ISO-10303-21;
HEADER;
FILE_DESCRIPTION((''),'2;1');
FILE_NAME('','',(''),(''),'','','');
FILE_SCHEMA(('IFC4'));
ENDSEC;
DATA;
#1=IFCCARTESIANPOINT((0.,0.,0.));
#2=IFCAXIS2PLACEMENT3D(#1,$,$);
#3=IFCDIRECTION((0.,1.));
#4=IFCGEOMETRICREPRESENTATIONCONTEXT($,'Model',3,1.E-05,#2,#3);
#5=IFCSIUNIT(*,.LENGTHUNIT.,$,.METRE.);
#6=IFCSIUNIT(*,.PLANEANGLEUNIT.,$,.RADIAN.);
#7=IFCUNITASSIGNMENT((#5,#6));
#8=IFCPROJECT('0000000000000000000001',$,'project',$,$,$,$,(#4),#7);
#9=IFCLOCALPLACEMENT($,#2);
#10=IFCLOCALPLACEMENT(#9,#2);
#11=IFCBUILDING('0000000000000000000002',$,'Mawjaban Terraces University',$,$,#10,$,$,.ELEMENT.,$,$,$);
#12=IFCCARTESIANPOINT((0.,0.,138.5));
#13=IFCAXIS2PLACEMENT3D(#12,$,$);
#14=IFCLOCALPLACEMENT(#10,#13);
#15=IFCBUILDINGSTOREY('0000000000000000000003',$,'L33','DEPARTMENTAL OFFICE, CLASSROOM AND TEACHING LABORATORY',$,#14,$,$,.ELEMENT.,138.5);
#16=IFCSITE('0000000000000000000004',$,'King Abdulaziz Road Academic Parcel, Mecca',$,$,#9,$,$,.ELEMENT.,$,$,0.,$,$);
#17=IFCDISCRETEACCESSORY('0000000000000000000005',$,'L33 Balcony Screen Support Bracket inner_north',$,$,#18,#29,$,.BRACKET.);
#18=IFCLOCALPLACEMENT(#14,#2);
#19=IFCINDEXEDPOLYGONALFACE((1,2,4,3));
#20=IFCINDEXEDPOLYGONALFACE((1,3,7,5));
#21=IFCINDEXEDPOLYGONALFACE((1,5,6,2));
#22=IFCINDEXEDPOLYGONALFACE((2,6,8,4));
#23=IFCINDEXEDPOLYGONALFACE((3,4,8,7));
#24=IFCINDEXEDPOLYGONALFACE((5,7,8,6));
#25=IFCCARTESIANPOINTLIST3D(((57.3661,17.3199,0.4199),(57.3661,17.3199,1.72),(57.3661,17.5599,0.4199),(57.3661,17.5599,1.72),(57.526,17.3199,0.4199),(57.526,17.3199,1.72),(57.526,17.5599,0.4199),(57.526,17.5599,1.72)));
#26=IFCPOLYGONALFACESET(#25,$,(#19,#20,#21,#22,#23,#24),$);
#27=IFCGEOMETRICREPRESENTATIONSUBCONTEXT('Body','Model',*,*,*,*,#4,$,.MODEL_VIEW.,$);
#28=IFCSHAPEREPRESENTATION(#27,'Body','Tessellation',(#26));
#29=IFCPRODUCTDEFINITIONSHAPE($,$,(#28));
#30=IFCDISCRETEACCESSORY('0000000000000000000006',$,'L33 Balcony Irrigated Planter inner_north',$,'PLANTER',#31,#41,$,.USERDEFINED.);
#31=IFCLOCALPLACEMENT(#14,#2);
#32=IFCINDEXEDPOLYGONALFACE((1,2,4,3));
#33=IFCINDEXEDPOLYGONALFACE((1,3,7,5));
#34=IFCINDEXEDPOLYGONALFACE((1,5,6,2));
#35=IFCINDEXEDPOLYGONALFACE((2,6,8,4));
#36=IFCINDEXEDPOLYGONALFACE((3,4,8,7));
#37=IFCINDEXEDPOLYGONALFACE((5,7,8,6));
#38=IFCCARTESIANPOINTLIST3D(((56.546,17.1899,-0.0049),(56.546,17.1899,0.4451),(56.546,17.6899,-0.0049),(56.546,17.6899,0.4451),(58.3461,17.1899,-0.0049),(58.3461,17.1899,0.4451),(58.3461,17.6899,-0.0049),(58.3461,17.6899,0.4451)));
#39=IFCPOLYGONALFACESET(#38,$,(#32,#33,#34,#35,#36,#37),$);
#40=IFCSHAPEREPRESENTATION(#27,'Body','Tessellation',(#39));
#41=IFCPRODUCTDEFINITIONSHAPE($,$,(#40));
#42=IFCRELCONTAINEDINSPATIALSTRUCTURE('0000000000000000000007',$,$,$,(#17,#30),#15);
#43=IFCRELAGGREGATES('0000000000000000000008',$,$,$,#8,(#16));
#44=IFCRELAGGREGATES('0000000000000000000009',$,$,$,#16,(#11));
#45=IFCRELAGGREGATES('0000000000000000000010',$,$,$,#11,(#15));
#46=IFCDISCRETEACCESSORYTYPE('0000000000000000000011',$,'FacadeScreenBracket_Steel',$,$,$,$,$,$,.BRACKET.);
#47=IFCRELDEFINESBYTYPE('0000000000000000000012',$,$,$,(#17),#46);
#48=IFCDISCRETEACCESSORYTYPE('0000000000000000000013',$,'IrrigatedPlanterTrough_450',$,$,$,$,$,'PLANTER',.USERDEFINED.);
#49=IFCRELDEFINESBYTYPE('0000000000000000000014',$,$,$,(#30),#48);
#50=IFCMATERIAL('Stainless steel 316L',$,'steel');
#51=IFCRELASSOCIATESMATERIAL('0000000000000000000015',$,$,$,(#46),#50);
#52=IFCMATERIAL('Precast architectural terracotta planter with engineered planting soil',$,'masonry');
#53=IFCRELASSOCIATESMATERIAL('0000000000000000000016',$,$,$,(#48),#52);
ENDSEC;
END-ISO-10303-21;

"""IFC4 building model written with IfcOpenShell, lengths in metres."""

from ifc_helpers import new_model, si_unit, direction, frame, origin, origin_2d, place, context, subcontext, project, spatial, rectangle, extrude, material, type_object, element, save


model = new_model("IFC4")

# Units and contexts
model_context = context("Model", 3, precision=1e-05, world=origin(), true_north=direction((0.0, 1.0)))
body_context = subcontext(model_context, "Body", "Model", "MODEL_VIEW")
ifc_project = project(units=[si_unit("LENGTHUNIT", "METRE"), si_unit("PLANEANGLEUNIT", "RADIAN")], contexts=[model_context])

# Site, building, storey
site_placement = place(None, origin())
site = spatial("IfcSite", under=ifc_project, at=site_placement, Name="King Abdulaziz Road Academic Parcel, Mecca", CompositionType="ELEMENT", RefElevation=0.0)
building_placement = place(site_placement, origin())
building = spatial("IfcBuilding", under=site, at=building_placement, Name="Mawjaban Terraces University", CompositionType="ELEMENT")
storey_placement = place(building_placement, frame((0.0, 0.0, 138.5)))
storey = spatial("IfcBuildingStorey", under=building, at=storey_placement, Name="L33", Description="DEPARTMENTAL OFFICE, CLASSROOM AND TEACHING LABORATORY", CompositionType="ELEMENT", Elevation=138.5)

# Discrete accessories
ifc_material_1 = material(Name="Stainless steel 316L", Category="steel")
discrete_accessory_type_1 = type_object("IfcDiscreteAccessoryType", Name="FacadeScreenBracket_Steel", PredefinedType="BRACKET", material=ifc_material_1)
discrete_accessory_1_placement = place(storey_placement, frame((57.446, 17.4399, 0.4199), z_axis=(0.0, 0.0, 1.0), x_axis=(1.0, 0.0, 0.0)))
element("IfcDiscreteAccessory", 1, at=discrete_accessory_1_placement, inside=storey, type_object=discrete_accessory_type_1, Name="L33 Balcony Screen Support Bracket inner_north", PredefinedType="BRACKET", context=body_context, shape_type="SweptSolid", body=[
    extrude(rectangle(XDim=0.1599, YDim=0.24, at=origin_2d()), origin(), (0.0, 0.0, 1.0), 1.3),
])
ifc_material_2 = material(Name="Precast architectural terracotta planter with engineered planting soil", Category="masonry")
discrete_accessory_type_2 = type_object("IfcDiscreteAccessoryType", Name="IrrigatedPlanterTrough_450", ElementType="PLANTER", PredefinedType="USERDEFINED", material=ifc_material_2)
discrete_accessory_2_placement = place(storey_placement, frame((57.446, 17.4399, -0.0049), z_axis=(0.0, 0.0, 1.0), x_axis=(1.0, 0.0, 0.0)))
element("IfcDiscreteAccessory", 2, at=discrete_accessory_2_placement, inside=storey, type_object=discrete_accessory_type_2, Name="L33 Balcony Irrigated Planter inner_north", ObjectType="PLANTER", PredefinedType="USERDEFINED", context=body_context, shape_type="SweptSolid", body=[
    extrude(rectangle(XDim=1.8, YDim=0.5, at=origin_2d()), origin(), (0.0, 0.0, 1.0), 0.45),
])

save(model, "model.ifc")
